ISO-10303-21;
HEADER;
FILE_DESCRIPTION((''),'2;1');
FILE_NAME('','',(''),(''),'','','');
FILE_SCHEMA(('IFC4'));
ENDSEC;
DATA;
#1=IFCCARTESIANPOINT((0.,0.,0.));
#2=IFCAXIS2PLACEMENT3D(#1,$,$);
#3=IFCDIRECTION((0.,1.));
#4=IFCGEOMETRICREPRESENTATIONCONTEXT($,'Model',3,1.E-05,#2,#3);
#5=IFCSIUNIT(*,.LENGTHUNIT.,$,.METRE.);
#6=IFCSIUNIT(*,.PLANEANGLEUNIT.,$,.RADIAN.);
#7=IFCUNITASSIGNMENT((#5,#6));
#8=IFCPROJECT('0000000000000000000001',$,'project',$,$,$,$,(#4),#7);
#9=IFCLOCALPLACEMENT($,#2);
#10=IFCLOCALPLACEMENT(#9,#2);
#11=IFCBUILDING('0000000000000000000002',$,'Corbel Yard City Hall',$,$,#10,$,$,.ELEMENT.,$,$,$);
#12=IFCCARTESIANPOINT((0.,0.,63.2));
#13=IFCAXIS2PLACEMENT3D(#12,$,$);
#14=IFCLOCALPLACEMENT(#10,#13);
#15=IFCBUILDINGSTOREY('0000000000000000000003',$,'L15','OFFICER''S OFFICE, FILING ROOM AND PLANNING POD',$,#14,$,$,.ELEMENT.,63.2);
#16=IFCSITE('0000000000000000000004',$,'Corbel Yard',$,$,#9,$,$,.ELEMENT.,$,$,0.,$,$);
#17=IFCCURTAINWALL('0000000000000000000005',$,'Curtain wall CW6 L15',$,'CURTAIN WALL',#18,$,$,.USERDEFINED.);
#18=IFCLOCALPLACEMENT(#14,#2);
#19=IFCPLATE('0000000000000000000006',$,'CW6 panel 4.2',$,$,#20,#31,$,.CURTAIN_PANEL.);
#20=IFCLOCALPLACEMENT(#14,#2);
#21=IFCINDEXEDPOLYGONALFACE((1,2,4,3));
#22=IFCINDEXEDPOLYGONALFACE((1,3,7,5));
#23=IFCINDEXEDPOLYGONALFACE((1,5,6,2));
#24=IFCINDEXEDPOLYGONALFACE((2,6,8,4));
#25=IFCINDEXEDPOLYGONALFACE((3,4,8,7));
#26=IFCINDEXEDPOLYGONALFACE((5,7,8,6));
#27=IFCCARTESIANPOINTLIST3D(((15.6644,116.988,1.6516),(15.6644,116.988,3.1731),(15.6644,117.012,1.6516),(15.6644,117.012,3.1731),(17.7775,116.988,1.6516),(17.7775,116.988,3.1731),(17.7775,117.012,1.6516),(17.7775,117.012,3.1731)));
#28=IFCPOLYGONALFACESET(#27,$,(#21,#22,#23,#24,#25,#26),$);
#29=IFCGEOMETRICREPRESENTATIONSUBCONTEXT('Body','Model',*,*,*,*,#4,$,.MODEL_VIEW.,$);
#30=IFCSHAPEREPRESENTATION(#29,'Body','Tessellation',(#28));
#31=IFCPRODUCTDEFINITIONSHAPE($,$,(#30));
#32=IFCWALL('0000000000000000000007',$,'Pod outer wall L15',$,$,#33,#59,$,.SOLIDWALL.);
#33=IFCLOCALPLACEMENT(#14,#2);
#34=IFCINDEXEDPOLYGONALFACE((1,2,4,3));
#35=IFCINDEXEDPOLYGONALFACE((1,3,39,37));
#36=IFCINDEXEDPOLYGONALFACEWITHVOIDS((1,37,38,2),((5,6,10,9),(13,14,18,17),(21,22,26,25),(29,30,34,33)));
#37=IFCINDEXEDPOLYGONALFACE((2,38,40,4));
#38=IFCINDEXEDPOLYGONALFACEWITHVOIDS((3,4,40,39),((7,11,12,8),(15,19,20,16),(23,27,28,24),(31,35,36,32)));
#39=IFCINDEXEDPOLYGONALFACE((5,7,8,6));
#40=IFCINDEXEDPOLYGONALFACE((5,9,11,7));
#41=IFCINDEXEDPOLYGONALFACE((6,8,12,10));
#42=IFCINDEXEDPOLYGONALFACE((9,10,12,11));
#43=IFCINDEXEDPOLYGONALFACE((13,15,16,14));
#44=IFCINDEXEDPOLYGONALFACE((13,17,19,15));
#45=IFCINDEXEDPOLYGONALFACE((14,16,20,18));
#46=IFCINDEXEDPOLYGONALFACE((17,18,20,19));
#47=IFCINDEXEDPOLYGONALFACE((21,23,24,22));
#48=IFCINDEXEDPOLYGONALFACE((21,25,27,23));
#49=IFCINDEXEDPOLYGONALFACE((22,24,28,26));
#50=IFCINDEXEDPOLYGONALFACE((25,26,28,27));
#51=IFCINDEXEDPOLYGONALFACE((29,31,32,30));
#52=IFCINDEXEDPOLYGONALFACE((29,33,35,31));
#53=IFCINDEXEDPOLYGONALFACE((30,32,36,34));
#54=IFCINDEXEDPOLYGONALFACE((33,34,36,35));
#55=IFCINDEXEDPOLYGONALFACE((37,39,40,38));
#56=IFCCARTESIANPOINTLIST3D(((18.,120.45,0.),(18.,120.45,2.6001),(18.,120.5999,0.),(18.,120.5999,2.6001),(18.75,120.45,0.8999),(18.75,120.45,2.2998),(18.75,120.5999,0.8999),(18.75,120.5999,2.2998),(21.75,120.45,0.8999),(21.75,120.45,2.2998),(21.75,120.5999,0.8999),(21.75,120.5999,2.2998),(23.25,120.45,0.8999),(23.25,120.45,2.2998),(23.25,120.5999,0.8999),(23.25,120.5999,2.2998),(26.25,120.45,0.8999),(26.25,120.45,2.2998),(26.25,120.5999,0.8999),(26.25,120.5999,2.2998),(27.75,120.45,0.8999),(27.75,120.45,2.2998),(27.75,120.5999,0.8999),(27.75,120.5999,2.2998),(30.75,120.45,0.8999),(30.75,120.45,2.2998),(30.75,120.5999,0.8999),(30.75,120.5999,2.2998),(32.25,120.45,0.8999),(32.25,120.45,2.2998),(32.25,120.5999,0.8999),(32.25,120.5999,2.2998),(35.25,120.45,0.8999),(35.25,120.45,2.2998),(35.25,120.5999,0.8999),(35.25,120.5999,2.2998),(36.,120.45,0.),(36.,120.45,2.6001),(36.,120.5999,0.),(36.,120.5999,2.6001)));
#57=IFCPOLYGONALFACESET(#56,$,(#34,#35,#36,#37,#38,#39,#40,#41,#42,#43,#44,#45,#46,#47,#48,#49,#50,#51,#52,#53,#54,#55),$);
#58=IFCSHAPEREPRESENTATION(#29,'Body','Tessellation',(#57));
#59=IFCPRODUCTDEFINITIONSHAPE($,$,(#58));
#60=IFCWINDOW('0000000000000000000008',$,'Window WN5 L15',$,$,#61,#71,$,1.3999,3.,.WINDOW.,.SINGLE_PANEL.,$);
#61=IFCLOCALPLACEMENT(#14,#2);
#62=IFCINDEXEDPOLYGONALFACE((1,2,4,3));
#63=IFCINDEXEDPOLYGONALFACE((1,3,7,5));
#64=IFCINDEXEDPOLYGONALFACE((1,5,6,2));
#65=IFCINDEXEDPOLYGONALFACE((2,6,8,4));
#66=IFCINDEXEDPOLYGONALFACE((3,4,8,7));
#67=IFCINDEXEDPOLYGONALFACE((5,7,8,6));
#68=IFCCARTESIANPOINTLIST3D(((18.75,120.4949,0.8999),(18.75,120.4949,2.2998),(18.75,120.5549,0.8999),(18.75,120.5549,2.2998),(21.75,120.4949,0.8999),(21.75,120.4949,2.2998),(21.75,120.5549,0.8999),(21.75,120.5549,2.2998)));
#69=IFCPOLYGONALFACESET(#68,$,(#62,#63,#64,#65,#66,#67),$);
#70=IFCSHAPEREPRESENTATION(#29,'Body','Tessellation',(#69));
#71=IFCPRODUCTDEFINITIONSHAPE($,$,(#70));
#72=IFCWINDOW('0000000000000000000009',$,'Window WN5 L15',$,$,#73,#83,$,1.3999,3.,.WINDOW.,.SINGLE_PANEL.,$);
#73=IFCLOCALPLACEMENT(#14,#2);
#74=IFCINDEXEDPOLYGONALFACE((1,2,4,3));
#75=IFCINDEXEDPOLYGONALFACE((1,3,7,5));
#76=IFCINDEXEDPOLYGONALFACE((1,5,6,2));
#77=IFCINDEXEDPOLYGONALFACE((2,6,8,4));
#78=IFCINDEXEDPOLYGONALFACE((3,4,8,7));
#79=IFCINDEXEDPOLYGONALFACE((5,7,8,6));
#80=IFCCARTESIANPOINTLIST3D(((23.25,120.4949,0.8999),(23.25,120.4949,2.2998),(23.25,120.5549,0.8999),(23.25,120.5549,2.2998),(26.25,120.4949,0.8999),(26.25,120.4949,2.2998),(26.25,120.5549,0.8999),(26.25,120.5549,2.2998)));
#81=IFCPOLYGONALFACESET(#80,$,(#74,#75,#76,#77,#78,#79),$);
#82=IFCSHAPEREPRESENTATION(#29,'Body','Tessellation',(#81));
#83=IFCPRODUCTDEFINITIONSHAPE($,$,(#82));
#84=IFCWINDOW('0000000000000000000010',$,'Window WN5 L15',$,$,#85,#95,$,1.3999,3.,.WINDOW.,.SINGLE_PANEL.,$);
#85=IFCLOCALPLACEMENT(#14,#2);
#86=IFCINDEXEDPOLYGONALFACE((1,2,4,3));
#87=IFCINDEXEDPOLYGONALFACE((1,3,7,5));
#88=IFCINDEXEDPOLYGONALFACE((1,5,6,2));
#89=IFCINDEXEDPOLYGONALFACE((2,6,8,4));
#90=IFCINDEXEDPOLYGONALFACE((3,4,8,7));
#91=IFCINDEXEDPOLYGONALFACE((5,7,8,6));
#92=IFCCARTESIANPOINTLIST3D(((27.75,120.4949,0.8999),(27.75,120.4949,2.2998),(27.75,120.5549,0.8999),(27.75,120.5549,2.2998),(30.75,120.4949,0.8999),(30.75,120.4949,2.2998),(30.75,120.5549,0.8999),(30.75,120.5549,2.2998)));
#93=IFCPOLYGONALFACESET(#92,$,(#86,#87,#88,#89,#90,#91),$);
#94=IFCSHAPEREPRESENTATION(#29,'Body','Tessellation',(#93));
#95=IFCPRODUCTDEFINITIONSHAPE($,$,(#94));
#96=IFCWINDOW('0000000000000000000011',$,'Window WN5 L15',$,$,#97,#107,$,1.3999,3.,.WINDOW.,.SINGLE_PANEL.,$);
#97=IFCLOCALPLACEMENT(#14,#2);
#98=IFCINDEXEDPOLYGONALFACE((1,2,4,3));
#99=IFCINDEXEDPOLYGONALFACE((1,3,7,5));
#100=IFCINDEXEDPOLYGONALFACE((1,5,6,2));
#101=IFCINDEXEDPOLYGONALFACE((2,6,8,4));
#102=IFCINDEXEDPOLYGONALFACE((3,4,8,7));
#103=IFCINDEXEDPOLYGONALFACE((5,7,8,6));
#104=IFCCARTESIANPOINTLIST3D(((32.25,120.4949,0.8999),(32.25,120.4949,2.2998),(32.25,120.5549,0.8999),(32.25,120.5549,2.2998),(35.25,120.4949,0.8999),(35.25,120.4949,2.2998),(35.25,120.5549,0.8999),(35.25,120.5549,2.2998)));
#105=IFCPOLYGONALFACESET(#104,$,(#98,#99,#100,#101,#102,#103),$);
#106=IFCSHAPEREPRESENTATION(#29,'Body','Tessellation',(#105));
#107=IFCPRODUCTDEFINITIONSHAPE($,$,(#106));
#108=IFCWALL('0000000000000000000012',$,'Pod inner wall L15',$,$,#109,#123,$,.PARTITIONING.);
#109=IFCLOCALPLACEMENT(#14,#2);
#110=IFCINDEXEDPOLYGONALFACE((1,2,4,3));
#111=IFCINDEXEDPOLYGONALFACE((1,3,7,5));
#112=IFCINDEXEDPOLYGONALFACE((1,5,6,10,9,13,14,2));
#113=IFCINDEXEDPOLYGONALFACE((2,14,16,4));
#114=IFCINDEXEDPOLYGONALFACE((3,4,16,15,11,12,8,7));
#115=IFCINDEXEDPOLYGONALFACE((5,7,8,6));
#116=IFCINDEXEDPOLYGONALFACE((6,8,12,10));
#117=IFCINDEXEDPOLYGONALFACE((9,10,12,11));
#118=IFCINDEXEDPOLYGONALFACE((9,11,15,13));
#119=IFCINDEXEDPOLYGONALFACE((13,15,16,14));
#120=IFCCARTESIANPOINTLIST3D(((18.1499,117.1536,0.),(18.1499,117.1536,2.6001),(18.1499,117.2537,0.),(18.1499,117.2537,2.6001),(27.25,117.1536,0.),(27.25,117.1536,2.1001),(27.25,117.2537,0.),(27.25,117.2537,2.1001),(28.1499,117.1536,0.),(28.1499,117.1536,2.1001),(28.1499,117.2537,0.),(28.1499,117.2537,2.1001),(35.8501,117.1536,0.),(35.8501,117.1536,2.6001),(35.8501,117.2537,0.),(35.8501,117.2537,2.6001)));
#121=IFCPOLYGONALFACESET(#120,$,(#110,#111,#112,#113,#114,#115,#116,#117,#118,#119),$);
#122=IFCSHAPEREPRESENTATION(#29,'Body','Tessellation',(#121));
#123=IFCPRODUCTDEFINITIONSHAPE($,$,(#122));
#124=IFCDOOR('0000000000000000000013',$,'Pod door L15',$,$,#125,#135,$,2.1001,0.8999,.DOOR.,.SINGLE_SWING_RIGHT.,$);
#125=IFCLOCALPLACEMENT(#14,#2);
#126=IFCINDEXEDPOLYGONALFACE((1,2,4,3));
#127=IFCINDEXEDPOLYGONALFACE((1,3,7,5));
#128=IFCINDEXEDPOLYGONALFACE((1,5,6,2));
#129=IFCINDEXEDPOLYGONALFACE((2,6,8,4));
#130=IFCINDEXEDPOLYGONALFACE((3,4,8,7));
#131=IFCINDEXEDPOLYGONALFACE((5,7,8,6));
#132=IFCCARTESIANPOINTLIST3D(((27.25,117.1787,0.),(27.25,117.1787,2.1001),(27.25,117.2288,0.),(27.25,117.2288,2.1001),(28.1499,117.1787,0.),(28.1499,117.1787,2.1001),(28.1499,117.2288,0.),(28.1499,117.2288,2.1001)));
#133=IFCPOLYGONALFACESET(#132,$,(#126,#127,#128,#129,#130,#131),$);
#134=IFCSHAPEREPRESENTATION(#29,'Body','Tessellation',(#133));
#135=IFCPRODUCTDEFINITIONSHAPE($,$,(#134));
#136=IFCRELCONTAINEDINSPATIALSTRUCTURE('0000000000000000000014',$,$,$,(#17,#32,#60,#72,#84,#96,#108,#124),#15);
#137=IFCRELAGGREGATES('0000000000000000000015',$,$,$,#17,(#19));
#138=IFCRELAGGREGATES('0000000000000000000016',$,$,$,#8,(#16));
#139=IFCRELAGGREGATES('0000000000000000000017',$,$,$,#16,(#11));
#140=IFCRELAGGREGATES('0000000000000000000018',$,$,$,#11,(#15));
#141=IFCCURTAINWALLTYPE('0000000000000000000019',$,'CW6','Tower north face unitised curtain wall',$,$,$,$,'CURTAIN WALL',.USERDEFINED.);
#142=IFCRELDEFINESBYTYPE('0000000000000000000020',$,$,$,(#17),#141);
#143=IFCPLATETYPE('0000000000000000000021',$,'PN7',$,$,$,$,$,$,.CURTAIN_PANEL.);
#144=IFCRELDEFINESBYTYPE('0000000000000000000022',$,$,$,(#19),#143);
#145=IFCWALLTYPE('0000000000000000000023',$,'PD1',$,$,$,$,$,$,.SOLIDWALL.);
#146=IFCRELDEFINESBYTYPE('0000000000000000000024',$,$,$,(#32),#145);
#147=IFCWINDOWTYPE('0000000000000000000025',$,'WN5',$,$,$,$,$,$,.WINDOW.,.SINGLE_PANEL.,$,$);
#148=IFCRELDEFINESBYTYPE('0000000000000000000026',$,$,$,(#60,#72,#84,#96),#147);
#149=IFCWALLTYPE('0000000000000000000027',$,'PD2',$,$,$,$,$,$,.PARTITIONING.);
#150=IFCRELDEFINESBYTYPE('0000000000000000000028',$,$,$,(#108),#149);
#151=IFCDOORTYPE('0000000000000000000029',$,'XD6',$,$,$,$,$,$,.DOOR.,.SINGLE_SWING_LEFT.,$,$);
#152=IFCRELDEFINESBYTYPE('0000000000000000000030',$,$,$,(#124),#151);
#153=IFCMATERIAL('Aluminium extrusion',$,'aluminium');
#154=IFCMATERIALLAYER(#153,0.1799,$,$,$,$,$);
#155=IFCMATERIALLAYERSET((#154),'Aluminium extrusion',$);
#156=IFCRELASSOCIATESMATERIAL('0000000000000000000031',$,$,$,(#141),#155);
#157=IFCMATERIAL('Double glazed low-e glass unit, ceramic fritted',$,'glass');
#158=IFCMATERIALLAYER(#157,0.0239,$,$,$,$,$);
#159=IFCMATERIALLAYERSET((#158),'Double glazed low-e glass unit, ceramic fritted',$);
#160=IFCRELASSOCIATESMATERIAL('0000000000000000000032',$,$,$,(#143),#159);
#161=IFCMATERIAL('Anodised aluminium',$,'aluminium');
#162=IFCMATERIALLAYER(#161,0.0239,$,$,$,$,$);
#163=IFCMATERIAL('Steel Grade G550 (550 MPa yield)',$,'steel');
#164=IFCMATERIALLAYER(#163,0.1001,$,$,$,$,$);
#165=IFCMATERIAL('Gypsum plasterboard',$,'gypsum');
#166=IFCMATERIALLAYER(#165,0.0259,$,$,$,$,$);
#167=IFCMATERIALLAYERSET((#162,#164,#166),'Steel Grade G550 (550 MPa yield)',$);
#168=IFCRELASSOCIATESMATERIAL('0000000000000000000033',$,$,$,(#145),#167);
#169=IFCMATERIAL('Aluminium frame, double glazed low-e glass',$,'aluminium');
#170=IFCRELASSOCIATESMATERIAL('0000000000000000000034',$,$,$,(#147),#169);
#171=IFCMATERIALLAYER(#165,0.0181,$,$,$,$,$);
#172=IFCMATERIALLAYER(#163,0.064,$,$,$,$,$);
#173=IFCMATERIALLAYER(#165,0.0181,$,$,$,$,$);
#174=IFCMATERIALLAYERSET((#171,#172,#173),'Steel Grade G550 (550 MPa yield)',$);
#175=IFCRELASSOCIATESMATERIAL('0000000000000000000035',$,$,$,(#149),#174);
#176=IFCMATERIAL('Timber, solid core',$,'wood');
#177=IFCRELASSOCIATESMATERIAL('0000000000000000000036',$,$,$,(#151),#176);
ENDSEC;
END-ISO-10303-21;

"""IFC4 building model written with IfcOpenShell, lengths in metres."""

from ifc_helpers import new_model, si_unit, direction, frame, frame_2d, origin, origin_2d, place, context, subcontext, project, spatial, rectangle, extrude, material, layer, layer_set, type_object, element, fill, aggregate, save


model = new_model("IFC4")

# Units and contexts
model_context = context("Model", 3, precision=1e-05, world=origin(), true_north=direction((0.0, 1.0)))
body_context = subcontext(model_context, "Body", "Model", "MODEL_VIEW")
ifc_project = project(units=[si_unit("LENGTHUNIT", "METRE"), si_unit("PLANEANGLEUNIT", "RADIAN")], contexts=[model_context])

# Site, building, storey
site_placement = place(None, origin())
site = spatial("IfcSite", under=ifc_project, at=site_placement, Name="Corbel Yard", CompositionType="ELEMENT", RefElevation=0.0)
building_placement = place(site_placement, origin())
building = spatial("IfcBuilding", under=site, at=building_placement, Name="Corbel Yard City Hall", CompositionType="ELEMENT")
storey_placement = place(building_placement, frame((0.0, 0.0, 63.2)))
storey = spatial("IfcBuildingStorey", under=building, at=storey_placement, Name="L15", Description="OFFICER'S OFFICE, FILING ROOM AND PLANNING POD", CompositionType="ELEMENT", Elevation=63.2)

# Curtain wall
ifc_material_1 = material(Name="Aluminium extrusion", Category="aluminium")
ifc_layer_1 = layer(ifc_material_1, 0.1799)
ifc_layer_set_1 = layer_set([ifc_layer_1], Name="Aluminium extrusion")
curtain_wall_type = type_object("IfcCurtainWallType", Name="CW6", Description="Tower north face unitised curtain wall", ElementType="CURTAIN WALL", PredefinedType="USERDEFINED", material=ifc_layer_set_1)
curtain_wall_placement = place(storey_placement, origin())
curtain_wall = element("IfcCurtainWall", 1, at=curtain_wall_placement, inside=storey, type_object=curtain_wall_type, Name="Curtain wall CW6 L15", ObjectType="CURTAIN WALL", PredefinedType="USERDEFINED")

# Plate
ifc_material_2 = material(Name="Double glazed low-e glass unit, ceramic fritted", Category="glass")
ifc_layer_2 = layer(ifc_material_2, 0.0239)
ifc_layer_set_2 = layer_set([ifc_layer_2], Name="Double glazed low-e glass unit, ceramic fritted")
plate_type = type_object("IfcPlateType", Name="PN7", PredefinedType="CURTAIN_PANEL", material=ifc_layer_set_2)
plate_1_placement = place(storey_placement, frame((16.7209, 117.0, 1.6516), z_axis=(0.0, 0.0, 1.0), x_axis=(1.0, 0.0, 0.0)))
plate_1 = element("IfcPlate", 2, at=plate_1_placement, type_object=plate_type, Name="CW6 panel 4.2", PredefinedType="CURTAIN_PANEL", context=body_context, shape_type="SweptSolid", body=[
    extrude(rectangle(XDim=2.113, YDim=0.0239, at=origin_2d()), origin(), (0.0, 0.0, 1.0), 1.5215),
])
aggregate(curtain_wall, [plate_1])

# Wall, openings, windows
ifc_material_3 = material(Name="Anodised aluminium", Category="aluminium")
ifc_layer_3 = layer(ifc_material_3, 0.0239)
ifc_material_4 = material(Name="Steel Grade G550 (550 MPa yield)", Category="steel")
ifc_layer_4 = layer(ifc_material_4, 0.1001)
ifc_material_5 = material(Name="Gypsum plasterboard", Category="gypsum")
ifc_layer_5 = layer(ifc_material_5, 0.0259)
ifc_layer_set_3 = layer_set([ifc_layer_3, ifc_layer_4, ifc_layer_5], Name="Steel Grade G550 (550 MPa yield)")
wall_type_1 = type_object("IfcWallType", Name="PD1", PredefinedType="SOLIDWALL", material=ifc_layer_set_3)
wall_1_placement = place(storey_placement, frame((18.0, 120.5249, 0.0), z_axis=(0.0, 0.0, 1.0), x_axis=(1.0, 0.0, 0.0)))
wall_1 = element("IfcWall", 3, at=wall_1_placement, inside=storey, type_object=wall_type_1, Name="Pod outer wall L15", PredefinedType="SOLIDWALL", context=body_context, shape_type="SweptSolid", body=[
    extrude(rectangle(XDim=18.0, YDim=0.1499, at=frame_2d((9.0, 0.0))), origin(), (0.0, 0.0, 1.0), 2.6001),
])
opening_1_placement = place(wall_1_placement, frame((0.75, 0.0, 0.8999)))
opening_1 = element("IfcOpeningElement", 4, at=opening_1_placement, cuts=wall_1, PredefinedType="OPENING", context=body_context, shape_type="SweptSolid", body=[
    extrude(rectangle(XDim=3.0, YDim=1.3999, at=frame_2d((1.5, 0.7))), frame((0.0, 0.085, 0.0), z_axis=(0.0, -1.0, 0.0), x_axis=(1.0, 0.0, 0.0)), (0.0, 0.0, 1.0), 0.1699),
])
opening_2_placement = place(wall_1_placement, frame((5.25, 0.0, 0.8999)))
opening_2 = element("IfcOpeningElement", 5, at=opening_2_placement, cuts=wall_1, PredefinedType="OPENING", context=body_context, shape_type="SweptSolid", body=[
    extrude(rectangle(XDim=3.0, YDim=1.3999, at=frame_2d((1.5, 0.7))), frame((0.0, 0.085, 0.0), z_axis=(0.0, -1.0, 0.0), x_axis=(1.0, 0.0, 0.0)), (0.0, 0.0, 1.0), 0.1699),
])
opening_3_placement = place(wall_1_placement, frame((9.75, 0.0, 0.8999)))
opening_3 = element("IfcOpeningElement", 6, at=opening_3_placement, cuts=wall_1, PredefinedType="OPENING", context=body_context, shape_type="SweptSolid", body=[
    extrude(rectangle(XDim=3.0, YDim=1.3999, at=frame_2d((1.5, 0.7))), frame((0.0, 0.085, 0.0), z_axis=(0.0, -1.0, 0.0), x_axis=(1.0, 0.0, 0.0)), (0.0, 0.0, 1.0), 0.1699),
])
opening_4_placement = place(wall_1_placement, frame((14.25, 0.0, 0.8999)))
opening_4 = element("IfcOpeningElement", 7, at=opening_4_placement, cuts=wall_1, PredefinedType="OPENING", context=body_context, shape_type="SweptSolid", body=[
    extrude(rectangle(XDim=3.0, YDim=1.3999, at=frame_2d((1.5, 0.7))), frame((0.0, 0.085, 0.0), z_axis=(0.0, -1.0, 0.0), x_axis=(1.0, 0.0, 0.0)), (0.0, 0.0, 1.0), 0.1699),
])
ifc_material_6 = material(Name="Aluminium frame, double glazed low-e glass", Category="aluminium")
window_type_1 = type_object("IfcWindowType", Name="WN5", PartitioningType="SINGLE_PANEL", PredefinedType="WINDOW", material=ifc_material_6)
window_1_placement = place(opening_1_placement, origin())
window_1 = element("IfcWindow", 8, at=window_1_placement, inside=storey, type_object=window_type_1, Name="Window WN5 L15", OverallHeight=1.3999, OverallWidth=3.0, PartitioningType="SINGLE_PANEL", PredefinedType="WINDOW", context=body_context, shape_type="SweptSolid", body=[
    extrude(rectangle(XDim=3.0, YDim=1.3999, at=frame_2d((1.5, 0.7))), frame((0.0, 0.03, 0.0), z_axis=(0.0, -1.0, 0.0), x_axis=(1.0, 0.0, 0.0)), (0.0, 0.0, 1.0), 0.0601),
])
fill(opening_1, window_1)
window_2_placement = place(opening_2_placement, origin())
window_2 = element("IfcWindow", 9, at=window_2_placement, inside=storey, type_object=window_type_1, Name="Window WN5 L15", OverallHeight=1.3999, OverallWidth=3.0, PartitioningType="SINGLE_PANEL", PredefinedType="WINDOW", context=body_context, shape_type="SweptSolid", body=[
    extrude(rectangle(XDim=3.0, YDim=1.3999, at=frame_2d((1.5, 0.7))), frame((0.0, 0.03, 0.0), z_axis=(0.0, -1.0, 0.0), x_axis=(1.0, 0.0, 0.0)), (0.0, 0.0, 1.0), 0.0601),
])
fill(opening_2, window_2)
window_3_placement = place(opening_3_placement, origin())
window_3 = element("IfcWindow", 10, at=window_3_placement, inside=storey, type_object=window_type_1, Name="Window WN5 L15", OverallHeight=1.3999, OverallWidth=3.0, PartitioningType="SINGLE_PANEL", PredefinedType="WINDOW", context=body_context, shape_type="SweptSolid", body=[
    extrude(rectangle(XDim=3.0, YDim=1.3999, at=frame_2d((1.5, 0.7))), frame((0.0, 0.03, 0.0), z_axis=(0.0, -1.0, 0.0), x_axis=(1.0, 0.0, 0.0)), (0.0, 0.0, 1.0), 0.0601),
])
fill(opening_3, window_3)
window_4_placement = place(opening_4_placement, origin())
window_4 = element("IfcWindow", 11, at=window_4_placement, inside=storey, type_object=window_type_1, Name="Window WN5 L15", OverallHeight=1.3999, OverallWidth=3.0, PartitioningType="SINGLE_PANEL", PredefinedType="WINDOW", context=body_context, shape_type="SweptSolid", body=[
    extrude(rectangle(XDim=3.0, YDim=1.3999, at=frame_2d((1.5, 0.7))), frame((0.0, 0.03, 0.0), z_axis=(0.0, -1.0, 0.0), x_axis=(1.0, 0.0, 0.0)), (0.0, 0.0, 1.0), 0.0601),
])
fill(opening_4, window_4)

# Wall, opening, door
ifc_layer_6 = layer(ifc_material_5, 0.0181)
ifc_layer_7 = layer(ifc_material_4, 0.064)
ifc_layer_8 = layer(ifc_material_5, 0.0181)
ifc_layer_set_4 = layer_set([ifc_layer_6, ifc_layer_7, ifc_layer_8], Name="Steel Grade G550 (550 MPa yield)")
wall_type_2 = type_object("IfcWallType", Name="PD2", PredefinedType="PARTITIONING", material=ifc_layer_set_4)
wall_2_placement = place(storey_placement, frame((18.1499, 117.2036, 0.0), z_axis=(0.0, 0.0, 1.0), x_axis=(1.0, 0.0, 0.0)))
wall_2 = element("IfcWall", 12, at=wall_2_placement, inside=storey, type_object=wall_type_2, Name="Pod inner wall L15", PredefinedType="PARTITIONING", context=body_context, shape_type="SweptSolid", body=[
    extrude(rectangle(XDim=17.7002, YDim=0.1001, at=frame_2d((8.8501, 0.0))), origin(), (0.0, 0.0, 1.0), 2.6001),
])
opening_5_placement = place(wall_2_placement, frame((9.1001, 0.0, 0.0)))
opening_5 = element("IfcOpeningElement", 13, at=opening_5_placement, cuts=wall_2, PredefinedType="OPENING", context=body_context, shape_type="SweptSolid", body=[
    extrude(rectangle(XDim=0.8999, YDim=2.1001, at=frame_2d((0.45, 1.05))), frame((0.0, 0.0601, 0.0), z_axis=(0.0, -1.0, 0.0), x_axis=(1.0, 0.0, 0.0)), (0.0, 0.0, 1.0), 0.1201),
])
ifc_material_7 = material(Name="Timber, solid core", Category="wood")
door_type = type_object("IfcDoorType", Name="XD6", OperationType="SINGLE_SWING_LEFT", PredefinedType="DOOR", material=ifc_material_7)
door_placement = place(opening_5_placement, frame((0.8999, 0.0, 0.0), z_axis=(0.0, 0.0, 1.0), x_axis=(-1.0, 0.0, 0.0)))
door = element("IfcDoor", 14, at=door_placement, inside=storey, type_object=door_type, Name="Pod door L15", OperationType="SINGLE_SWING_RIGHT", OverallHeight=2.1001, OverallWidth=0.8999, PredefinedType="DOOR", context=body_context, shape_type="SweptSolid", body=[
    extrude(rectangle(XDim=0.8999, YDim=2.1001, at=frame_2d((0.45, 1.05))), frame((0.0, 0.0249, 0.0), z_axis=(0.0, -1.0, 0.0), x_axis=(1.0, 0.0, 0.0)), (0.0, 0.0, 1.0), 0.05),
])
fill(opening_5, door)

save(model, "model.ifc")
